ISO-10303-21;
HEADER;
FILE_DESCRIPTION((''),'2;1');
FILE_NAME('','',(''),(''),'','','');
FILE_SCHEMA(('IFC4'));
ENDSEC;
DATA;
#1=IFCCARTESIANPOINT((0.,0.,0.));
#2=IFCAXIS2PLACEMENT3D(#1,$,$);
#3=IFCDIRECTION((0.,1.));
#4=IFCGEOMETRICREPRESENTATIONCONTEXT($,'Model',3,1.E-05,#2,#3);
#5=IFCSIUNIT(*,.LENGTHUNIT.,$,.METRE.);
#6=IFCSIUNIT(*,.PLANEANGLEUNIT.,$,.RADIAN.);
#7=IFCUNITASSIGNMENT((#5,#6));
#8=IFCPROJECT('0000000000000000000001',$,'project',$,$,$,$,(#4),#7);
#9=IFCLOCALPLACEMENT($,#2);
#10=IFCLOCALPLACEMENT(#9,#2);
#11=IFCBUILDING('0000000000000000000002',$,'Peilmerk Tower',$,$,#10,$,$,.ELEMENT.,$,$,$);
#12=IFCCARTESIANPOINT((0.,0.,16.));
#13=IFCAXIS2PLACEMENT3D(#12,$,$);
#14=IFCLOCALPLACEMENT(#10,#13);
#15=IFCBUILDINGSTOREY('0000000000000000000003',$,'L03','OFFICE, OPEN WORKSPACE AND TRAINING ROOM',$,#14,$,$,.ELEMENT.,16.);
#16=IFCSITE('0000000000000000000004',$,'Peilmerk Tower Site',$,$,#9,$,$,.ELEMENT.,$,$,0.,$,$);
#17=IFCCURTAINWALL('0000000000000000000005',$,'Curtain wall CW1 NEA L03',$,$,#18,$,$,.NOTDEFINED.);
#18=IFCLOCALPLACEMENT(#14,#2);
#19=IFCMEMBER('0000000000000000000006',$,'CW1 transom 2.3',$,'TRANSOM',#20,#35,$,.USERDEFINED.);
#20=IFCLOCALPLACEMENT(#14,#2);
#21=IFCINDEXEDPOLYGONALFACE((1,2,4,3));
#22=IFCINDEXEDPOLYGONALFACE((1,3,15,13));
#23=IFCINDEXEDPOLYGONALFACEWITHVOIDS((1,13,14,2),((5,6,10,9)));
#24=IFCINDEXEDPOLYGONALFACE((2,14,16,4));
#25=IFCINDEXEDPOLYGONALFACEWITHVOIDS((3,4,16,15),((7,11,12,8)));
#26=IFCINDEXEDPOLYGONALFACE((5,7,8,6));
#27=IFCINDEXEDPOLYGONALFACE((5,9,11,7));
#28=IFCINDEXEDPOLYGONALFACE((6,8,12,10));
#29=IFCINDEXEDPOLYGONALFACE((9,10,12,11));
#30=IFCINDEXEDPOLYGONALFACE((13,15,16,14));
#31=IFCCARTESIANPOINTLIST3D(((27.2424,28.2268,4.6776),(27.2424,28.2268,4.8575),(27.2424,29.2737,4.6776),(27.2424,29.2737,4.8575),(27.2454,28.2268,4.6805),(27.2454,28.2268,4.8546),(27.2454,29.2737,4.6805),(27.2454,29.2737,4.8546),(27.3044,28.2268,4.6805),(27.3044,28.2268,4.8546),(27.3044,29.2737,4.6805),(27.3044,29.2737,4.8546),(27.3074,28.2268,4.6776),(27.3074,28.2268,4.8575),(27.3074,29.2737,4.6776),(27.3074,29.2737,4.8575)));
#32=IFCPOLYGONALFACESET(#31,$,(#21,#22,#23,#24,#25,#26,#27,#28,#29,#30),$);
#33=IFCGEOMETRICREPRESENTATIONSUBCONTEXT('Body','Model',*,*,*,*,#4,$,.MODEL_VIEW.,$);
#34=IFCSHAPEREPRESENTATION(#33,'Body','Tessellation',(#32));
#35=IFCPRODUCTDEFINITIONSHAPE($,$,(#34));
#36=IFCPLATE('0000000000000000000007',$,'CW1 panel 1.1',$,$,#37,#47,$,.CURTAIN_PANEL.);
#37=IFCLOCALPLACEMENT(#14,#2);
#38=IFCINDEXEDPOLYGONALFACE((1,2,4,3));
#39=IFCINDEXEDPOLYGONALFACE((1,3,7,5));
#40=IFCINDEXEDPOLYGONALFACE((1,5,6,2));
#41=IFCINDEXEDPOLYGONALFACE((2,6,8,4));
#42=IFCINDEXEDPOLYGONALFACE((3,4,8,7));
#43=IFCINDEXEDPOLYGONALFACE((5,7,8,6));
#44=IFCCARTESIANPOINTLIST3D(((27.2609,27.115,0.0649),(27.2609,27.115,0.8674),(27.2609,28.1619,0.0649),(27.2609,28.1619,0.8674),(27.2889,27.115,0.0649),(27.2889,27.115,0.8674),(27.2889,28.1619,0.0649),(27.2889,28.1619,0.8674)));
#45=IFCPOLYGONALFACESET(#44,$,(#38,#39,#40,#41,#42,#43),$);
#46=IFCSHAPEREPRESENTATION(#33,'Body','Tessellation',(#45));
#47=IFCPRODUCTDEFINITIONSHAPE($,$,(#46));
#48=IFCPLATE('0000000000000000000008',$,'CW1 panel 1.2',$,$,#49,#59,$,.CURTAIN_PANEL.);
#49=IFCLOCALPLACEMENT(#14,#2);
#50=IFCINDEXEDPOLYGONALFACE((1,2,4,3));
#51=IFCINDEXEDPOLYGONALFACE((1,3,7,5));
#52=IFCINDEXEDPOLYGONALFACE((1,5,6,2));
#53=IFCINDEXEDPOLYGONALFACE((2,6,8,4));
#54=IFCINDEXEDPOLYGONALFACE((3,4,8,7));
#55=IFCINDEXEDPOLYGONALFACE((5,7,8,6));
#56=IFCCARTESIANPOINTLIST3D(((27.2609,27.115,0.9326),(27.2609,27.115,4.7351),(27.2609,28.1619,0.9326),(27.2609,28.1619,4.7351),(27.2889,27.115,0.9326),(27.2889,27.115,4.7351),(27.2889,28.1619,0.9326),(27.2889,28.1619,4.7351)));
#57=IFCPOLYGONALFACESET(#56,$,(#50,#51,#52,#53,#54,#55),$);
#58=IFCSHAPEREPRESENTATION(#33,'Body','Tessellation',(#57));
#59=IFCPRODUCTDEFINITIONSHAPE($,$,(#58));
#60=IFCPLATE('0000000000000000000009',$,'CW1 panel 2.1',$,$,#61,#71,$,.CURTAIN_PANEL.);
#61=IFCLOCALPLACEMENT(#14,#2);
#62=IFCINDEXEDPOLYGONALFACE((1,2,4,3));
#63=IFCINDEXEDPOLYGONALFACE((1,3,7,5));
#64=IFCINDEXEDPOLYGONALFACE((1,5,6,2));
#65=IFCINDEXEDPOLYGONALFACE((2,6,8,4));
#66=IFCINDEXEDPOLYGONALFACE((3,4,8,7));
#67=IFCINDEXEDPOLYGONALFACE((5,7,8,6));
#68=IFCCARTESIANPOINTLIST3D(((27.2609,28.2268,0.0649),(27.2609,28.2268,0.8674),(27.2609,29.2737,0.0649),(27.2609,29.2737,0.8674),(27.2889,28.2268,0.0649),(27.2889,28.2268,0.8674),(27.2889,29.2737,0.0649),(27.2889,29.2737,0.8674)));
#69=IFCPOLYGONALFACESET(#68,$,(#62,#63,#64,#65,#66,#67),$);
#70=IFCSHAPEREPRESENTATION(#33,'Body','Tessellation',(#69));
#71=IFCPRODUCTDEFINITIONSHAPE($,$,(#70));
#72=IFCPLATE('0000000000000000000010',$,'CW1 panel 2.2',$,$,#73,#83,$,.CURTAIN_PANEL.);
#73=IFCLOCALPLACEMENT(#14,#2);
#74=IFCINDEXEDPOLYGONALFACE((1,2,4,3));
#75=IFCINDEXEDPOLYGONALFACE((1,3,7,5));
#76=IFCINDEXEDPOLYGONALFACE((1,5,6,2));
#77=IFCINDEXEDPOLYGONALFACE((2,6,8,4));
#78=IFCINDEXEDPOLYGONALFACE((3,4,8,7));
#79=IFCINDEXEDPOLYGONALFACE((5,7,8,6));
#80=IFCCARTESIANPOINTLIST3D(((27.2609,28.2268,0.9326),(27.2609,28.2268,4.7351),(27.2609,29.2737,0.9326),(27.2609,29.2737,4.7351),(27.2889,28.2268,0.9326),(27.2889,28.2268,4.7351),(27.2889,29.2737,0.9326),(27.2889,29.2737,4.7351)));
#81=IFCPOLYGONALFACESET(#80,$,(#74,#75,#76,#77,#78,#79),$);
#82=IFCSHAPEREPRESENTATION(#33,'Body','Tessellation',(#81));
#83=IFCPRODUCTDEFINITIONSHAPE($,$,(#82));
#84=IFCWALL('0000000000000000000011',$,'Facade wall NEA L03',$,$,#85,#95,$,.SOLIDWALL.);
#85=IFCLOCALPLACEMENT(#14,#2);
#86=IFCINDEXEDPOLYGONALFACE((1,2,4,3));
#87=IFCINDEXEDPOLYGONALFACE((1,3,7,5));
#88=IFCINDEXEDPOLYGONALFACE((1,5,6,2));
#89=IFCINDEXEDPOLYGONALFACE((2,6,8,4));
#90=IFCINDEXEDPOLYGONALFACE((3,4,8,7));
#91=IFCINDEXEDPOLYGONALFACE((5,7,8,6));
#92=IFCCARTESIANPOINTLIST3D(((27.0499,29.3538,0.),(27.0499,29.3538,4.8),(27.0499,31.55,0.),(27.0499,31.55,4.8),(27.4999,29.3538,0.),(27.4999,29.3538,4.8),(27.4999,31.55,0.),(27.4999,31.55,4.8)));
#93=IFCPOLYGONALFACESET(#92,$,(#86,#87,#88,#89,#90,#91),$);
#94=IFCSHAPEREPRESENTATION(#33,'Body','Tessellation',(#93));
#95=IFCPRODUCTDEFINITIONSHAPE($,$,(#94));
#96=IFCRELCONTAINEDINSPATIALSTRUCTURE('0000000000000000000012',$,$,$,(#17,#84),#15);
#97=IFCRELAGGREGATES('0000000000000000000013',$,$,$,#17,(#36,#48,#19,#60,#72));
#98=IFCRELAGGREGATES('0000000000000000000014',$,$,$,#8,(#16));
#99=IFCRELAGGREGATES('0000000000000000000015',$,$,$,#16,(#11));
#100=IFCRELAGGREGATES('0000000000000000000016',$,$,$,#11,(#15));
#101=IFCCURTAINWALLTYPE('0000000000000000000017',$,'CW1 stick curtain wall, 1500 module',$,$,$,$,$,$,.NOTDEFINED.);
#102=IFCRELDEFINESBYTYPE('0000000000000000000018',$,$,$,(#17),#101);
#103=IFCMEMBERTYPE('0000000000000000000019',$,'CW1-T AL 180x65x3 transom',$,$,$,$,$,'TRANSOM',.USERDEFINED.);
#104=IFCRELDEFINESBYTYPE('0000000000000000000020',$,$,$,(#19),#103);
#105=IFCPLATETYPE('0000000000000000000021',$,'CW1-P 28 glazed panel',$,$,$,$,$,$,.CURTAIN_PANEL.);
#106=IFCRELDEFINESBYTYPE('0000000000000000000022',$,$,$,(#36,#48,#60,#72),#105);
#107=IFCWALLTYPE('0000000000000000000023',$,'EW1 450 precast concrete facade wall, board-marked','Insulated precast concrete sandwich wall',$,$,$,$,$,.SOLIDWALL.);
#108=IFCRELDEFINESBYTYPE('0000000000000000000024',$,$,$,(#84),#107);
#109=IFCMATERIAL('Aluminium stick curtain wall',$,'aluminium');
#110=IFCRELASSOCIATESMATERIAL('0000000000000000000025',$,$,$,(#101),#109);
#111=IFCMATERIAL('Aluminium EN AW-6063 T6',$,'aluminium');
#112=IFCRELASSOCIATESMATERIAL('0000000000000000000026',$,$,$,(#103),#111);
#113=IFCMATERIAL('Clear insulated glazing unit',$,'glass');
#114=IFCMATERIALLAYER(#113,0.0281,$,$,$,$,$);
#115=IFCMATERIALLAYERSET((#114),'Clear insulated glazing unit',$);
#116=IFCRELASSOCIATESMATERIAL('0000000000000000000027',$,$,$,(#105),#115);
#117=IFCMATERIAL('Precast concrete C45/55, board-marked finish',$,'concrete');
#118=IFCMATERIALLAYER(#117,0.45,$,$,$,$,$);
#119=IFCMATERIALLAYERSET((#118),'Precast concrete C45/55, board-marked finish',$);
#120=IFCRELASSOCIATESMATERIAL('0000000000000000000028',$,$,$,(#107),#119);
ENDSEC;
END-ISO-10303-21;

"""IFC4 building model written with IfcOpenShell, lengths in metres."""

from ifc_helpers import new_model, si_unit, direction, frame, frame_2d, origin, origin_2d, place, context, subcontext, project, spatial, rectangle, hollow_rectangle, extrude, material, layer, layer_set, material_profile, profile_set, type_object, element, aggregate, save


model = new_model("IFC4")

# Units and contexts
model_context = context("Model", 3, precision=1e-05, world=origin(), true_north=direction((0.0, 1.0)))
body_context = subcontext(model_context, "Body", "Model", "MODEL_VIEW")
ifc_project = project(units=[si_unit("LENGTHUNIT", "METRE"), si_unit("PLANEANGLEUNIT", "RADIAN")], contexts=[model_context])

# Site, building, storey
site_placement = place(None, origin())
site = spatial("IfcSite", under=ifc_project, at=site_placement, Name="Peilmerk Tower Site", CompositionType="ELEMENT", RefElevation=0.0)
building_placement = place(site_placement, origin())
building = spatial("IfcBuilding", under=site, at=building_placement, Name="Peilmerk Tower", CompositionType="ELEMENT")
storey_placement = place(building_placement, frame((0.0, 0.0, 16.0)))
storey = spatial("IfcBuildingStorey", under=building, at=storey_placement, Name="L03", Description="OFFICE, OPEN WORKSPACE AND TRAINING ROOM", CompositionType="ELEMENT", Elevation=16.0)

# Curtain wall, member, plates
ifc_material_1 = material(Name="Aluminium stick curtain wall", Category="aluminium")
curtain_wall_type = type_object("IfcCurtainWallType", Name="CW1 stick curtain wall, 1500 module", PredefinedType="NOTDEFINED", material=ifc_material_1)
curtain_wall_placement = place(storey_placement, origin())
curtain_wall = element("IfcCurtainWall", 1, at=curtain_wall_placement, inside=storey, type_object=curtain_wall_type, Name="Curtain wall CW1 NEA L03", PredefinedType="NOTDEFINED")
ifc_material_2 = material(Name="Aluminium EN AW-6063 T6", Category="aluminium")
ifc_material_profile_1 = material_profile(ifc_material_2, hollow_rectangle(XDim=0.0649, YDim=0.1799, WallThickness=0.0029, at=origin_2d()), Name="AL 180x65x3")
ifc_profile_set_1 = profile_set([ifc_material_profile_1], Name="Aluminium EN AW-6063 T6")
member_type_1 = type_object("IfcMemberType", Name="CW1-T AL 180x65x3 transom", ElementType="TRANSOM", PredefinedType="USERDEFINED", material=ifc_profile_set_1)
member_1_placement = place(storey_placement, frame((27.2749, 28.2268, 4.7676), z_axis=(0.0, 1.0, 0.0), x_axis=(-1.0, 0.0, 0.0)))
member_1 = element("IfcMember", 2, at=member_1_placement, type_object=member_type_1, Name="CW1 transom 2.3", ObjectType="TRANSOM", PredefinedType="USERDEFINED", context=body_context, shape_type="SweptSolid", body=[
    extrude(hollow_rectangle(XDim=0.0649, YDim=0.1799, WallThickness=0.0029, at=origin_2d()), origin(), (0.0, 0.0, 1.0), 1.0469),
])
ifc_material_3 = material(Name="Clear insulated glazing unit", Category="glass")
ifc_layer_1 = layer(ifc_material_3, 0.0281)
ifc_layer_set_1 = layer_set([ifc_layer_1], Name="Clear insulated glazing unit")
plate_type = type_object("IfcPlateType", Name="CW1-P 28 glazed panel", PredefinedType="CURTAIN_PANEL", material=ifc_layer_set_1)
plate_1_placement = place(storey_placement, frame((27.2749, 27.6384, 0.0649), z_axis=(0.0, 0.0, 1.0), x_axis=(0.0, 1.0, 0.0)))
plate_1 = element("IfcPlate", 3, at=plate_1_placement, type_object=plate_type, Name="CW1 panel 1.1", PredefinedType="CURTAIN_PANEL", context=body_context, shape_type="SweptSolid", body=[
    extrude(rectangle(XDim=1.0469, YDim=0.0281, at=origin_2d()), origin(), (0.0, 0.0, 1.0), 0.8025),
])
plate_2_placement = place(storey_placement, frame((27.2749, 27.6384, 0.9326), z_axis=(0.0, 0.0, 1.0), x_axis=(0.0, 1.0, 0.0)))
plate_2 = element("IfcPlate", 4, at=plate_2_placement, type_object=plate_type, Name="CW1 panel 1.2", PredefinedType="CURTAIN_PANEL", context=body_context, shape_type="SweptSolid", body=[
    extrude(rectangle(XDim=1.0469, YDim=0.0281, at=origin_2d()), origin(), (0.0, 0.0, 1.0), 3.8025),
])
plate_3_placement = place(storey_placement, frame((27.2749, 28.7502, 0.0649), z_axis=(0.0, 0.0, 1.0), x_axis=(0.0, 1.0, 0.0)))
plate_3 = element("IfcPlate", 5, at=plate_3_placement, type_object=plate_type, Name="CW1 panel 2.1", PredefinedType="CURTAIN_PANEL", context=body_context, shape_type="SweptSolid", body=[
    extrude(rectangle(XDim=1.0469, YDim=0.0281, at=origin_2d()), origin(), (0.0, 0.0, 1.0), 0.8025),
])
plate_4_placement = place(storey_placement, frame((27.2749, 28.7502, 0.9326), z_axis=(0.0, 0.0, 1.0), x_axis=(0.0, 1.0, 0.0)))
plate_4 = element("IfcPlate", 6, at=plate_4_placement, type_object=plate_type, Name="CW1 panel 2.2", PredefinedType="CURTAIN_PANEL", context=body_context, shape_type="SweptSolid", body=[
    extrude(rectangle(XDim=1.0469, YDim=0.0281, at=origin_2d()), origin(), (0.0, 0.0, 1.0), 3.8025),
])
aggregate(curtain_wall, [plate_1, plate_2, member_1, plate_3, plate_4])

# Wall
ifc_material_4 = material(Name="Precast concrete C45/55, board-marked finish", Category="concrete")
ifc_layer_2 = layer(ifc_material_4, 0.45)
ifc_layer_set_2 = layer_set([ifc_layer_2], Name="Precast concrete C45/55, board-marked finish")
wall_type = type_object("IfcWallType", Name="EW1 450 precast concrete facade wall, board-marked", Description="Insulated precast concrete sandwich wall", PredefinedType="SOLIDWALL", material=ifc_layer_set_2)
wall_placement = place(storey_placement, frame((27.2749, 29.3538, 0.0), z_axis=(0.0, 0.0, 1.0), x_axis=(0.0, 1.0, 0.0)))
element("IfcWall", 7, at=wall_placement, inside=storey, type_object=wall_type, Name="Facade wall NEA L03", PredefinedType="SOLIDWALL", context=body_context, shape_type="SweptSolid", body=[
    extrude(rectangle(XDim=2.1963, YDim=0.45, at=frame_2d((1.0981, 0.0))), origin(), (0.0, 0.0, 1.0), 4.8),
])

save(model, "model.ifc")
